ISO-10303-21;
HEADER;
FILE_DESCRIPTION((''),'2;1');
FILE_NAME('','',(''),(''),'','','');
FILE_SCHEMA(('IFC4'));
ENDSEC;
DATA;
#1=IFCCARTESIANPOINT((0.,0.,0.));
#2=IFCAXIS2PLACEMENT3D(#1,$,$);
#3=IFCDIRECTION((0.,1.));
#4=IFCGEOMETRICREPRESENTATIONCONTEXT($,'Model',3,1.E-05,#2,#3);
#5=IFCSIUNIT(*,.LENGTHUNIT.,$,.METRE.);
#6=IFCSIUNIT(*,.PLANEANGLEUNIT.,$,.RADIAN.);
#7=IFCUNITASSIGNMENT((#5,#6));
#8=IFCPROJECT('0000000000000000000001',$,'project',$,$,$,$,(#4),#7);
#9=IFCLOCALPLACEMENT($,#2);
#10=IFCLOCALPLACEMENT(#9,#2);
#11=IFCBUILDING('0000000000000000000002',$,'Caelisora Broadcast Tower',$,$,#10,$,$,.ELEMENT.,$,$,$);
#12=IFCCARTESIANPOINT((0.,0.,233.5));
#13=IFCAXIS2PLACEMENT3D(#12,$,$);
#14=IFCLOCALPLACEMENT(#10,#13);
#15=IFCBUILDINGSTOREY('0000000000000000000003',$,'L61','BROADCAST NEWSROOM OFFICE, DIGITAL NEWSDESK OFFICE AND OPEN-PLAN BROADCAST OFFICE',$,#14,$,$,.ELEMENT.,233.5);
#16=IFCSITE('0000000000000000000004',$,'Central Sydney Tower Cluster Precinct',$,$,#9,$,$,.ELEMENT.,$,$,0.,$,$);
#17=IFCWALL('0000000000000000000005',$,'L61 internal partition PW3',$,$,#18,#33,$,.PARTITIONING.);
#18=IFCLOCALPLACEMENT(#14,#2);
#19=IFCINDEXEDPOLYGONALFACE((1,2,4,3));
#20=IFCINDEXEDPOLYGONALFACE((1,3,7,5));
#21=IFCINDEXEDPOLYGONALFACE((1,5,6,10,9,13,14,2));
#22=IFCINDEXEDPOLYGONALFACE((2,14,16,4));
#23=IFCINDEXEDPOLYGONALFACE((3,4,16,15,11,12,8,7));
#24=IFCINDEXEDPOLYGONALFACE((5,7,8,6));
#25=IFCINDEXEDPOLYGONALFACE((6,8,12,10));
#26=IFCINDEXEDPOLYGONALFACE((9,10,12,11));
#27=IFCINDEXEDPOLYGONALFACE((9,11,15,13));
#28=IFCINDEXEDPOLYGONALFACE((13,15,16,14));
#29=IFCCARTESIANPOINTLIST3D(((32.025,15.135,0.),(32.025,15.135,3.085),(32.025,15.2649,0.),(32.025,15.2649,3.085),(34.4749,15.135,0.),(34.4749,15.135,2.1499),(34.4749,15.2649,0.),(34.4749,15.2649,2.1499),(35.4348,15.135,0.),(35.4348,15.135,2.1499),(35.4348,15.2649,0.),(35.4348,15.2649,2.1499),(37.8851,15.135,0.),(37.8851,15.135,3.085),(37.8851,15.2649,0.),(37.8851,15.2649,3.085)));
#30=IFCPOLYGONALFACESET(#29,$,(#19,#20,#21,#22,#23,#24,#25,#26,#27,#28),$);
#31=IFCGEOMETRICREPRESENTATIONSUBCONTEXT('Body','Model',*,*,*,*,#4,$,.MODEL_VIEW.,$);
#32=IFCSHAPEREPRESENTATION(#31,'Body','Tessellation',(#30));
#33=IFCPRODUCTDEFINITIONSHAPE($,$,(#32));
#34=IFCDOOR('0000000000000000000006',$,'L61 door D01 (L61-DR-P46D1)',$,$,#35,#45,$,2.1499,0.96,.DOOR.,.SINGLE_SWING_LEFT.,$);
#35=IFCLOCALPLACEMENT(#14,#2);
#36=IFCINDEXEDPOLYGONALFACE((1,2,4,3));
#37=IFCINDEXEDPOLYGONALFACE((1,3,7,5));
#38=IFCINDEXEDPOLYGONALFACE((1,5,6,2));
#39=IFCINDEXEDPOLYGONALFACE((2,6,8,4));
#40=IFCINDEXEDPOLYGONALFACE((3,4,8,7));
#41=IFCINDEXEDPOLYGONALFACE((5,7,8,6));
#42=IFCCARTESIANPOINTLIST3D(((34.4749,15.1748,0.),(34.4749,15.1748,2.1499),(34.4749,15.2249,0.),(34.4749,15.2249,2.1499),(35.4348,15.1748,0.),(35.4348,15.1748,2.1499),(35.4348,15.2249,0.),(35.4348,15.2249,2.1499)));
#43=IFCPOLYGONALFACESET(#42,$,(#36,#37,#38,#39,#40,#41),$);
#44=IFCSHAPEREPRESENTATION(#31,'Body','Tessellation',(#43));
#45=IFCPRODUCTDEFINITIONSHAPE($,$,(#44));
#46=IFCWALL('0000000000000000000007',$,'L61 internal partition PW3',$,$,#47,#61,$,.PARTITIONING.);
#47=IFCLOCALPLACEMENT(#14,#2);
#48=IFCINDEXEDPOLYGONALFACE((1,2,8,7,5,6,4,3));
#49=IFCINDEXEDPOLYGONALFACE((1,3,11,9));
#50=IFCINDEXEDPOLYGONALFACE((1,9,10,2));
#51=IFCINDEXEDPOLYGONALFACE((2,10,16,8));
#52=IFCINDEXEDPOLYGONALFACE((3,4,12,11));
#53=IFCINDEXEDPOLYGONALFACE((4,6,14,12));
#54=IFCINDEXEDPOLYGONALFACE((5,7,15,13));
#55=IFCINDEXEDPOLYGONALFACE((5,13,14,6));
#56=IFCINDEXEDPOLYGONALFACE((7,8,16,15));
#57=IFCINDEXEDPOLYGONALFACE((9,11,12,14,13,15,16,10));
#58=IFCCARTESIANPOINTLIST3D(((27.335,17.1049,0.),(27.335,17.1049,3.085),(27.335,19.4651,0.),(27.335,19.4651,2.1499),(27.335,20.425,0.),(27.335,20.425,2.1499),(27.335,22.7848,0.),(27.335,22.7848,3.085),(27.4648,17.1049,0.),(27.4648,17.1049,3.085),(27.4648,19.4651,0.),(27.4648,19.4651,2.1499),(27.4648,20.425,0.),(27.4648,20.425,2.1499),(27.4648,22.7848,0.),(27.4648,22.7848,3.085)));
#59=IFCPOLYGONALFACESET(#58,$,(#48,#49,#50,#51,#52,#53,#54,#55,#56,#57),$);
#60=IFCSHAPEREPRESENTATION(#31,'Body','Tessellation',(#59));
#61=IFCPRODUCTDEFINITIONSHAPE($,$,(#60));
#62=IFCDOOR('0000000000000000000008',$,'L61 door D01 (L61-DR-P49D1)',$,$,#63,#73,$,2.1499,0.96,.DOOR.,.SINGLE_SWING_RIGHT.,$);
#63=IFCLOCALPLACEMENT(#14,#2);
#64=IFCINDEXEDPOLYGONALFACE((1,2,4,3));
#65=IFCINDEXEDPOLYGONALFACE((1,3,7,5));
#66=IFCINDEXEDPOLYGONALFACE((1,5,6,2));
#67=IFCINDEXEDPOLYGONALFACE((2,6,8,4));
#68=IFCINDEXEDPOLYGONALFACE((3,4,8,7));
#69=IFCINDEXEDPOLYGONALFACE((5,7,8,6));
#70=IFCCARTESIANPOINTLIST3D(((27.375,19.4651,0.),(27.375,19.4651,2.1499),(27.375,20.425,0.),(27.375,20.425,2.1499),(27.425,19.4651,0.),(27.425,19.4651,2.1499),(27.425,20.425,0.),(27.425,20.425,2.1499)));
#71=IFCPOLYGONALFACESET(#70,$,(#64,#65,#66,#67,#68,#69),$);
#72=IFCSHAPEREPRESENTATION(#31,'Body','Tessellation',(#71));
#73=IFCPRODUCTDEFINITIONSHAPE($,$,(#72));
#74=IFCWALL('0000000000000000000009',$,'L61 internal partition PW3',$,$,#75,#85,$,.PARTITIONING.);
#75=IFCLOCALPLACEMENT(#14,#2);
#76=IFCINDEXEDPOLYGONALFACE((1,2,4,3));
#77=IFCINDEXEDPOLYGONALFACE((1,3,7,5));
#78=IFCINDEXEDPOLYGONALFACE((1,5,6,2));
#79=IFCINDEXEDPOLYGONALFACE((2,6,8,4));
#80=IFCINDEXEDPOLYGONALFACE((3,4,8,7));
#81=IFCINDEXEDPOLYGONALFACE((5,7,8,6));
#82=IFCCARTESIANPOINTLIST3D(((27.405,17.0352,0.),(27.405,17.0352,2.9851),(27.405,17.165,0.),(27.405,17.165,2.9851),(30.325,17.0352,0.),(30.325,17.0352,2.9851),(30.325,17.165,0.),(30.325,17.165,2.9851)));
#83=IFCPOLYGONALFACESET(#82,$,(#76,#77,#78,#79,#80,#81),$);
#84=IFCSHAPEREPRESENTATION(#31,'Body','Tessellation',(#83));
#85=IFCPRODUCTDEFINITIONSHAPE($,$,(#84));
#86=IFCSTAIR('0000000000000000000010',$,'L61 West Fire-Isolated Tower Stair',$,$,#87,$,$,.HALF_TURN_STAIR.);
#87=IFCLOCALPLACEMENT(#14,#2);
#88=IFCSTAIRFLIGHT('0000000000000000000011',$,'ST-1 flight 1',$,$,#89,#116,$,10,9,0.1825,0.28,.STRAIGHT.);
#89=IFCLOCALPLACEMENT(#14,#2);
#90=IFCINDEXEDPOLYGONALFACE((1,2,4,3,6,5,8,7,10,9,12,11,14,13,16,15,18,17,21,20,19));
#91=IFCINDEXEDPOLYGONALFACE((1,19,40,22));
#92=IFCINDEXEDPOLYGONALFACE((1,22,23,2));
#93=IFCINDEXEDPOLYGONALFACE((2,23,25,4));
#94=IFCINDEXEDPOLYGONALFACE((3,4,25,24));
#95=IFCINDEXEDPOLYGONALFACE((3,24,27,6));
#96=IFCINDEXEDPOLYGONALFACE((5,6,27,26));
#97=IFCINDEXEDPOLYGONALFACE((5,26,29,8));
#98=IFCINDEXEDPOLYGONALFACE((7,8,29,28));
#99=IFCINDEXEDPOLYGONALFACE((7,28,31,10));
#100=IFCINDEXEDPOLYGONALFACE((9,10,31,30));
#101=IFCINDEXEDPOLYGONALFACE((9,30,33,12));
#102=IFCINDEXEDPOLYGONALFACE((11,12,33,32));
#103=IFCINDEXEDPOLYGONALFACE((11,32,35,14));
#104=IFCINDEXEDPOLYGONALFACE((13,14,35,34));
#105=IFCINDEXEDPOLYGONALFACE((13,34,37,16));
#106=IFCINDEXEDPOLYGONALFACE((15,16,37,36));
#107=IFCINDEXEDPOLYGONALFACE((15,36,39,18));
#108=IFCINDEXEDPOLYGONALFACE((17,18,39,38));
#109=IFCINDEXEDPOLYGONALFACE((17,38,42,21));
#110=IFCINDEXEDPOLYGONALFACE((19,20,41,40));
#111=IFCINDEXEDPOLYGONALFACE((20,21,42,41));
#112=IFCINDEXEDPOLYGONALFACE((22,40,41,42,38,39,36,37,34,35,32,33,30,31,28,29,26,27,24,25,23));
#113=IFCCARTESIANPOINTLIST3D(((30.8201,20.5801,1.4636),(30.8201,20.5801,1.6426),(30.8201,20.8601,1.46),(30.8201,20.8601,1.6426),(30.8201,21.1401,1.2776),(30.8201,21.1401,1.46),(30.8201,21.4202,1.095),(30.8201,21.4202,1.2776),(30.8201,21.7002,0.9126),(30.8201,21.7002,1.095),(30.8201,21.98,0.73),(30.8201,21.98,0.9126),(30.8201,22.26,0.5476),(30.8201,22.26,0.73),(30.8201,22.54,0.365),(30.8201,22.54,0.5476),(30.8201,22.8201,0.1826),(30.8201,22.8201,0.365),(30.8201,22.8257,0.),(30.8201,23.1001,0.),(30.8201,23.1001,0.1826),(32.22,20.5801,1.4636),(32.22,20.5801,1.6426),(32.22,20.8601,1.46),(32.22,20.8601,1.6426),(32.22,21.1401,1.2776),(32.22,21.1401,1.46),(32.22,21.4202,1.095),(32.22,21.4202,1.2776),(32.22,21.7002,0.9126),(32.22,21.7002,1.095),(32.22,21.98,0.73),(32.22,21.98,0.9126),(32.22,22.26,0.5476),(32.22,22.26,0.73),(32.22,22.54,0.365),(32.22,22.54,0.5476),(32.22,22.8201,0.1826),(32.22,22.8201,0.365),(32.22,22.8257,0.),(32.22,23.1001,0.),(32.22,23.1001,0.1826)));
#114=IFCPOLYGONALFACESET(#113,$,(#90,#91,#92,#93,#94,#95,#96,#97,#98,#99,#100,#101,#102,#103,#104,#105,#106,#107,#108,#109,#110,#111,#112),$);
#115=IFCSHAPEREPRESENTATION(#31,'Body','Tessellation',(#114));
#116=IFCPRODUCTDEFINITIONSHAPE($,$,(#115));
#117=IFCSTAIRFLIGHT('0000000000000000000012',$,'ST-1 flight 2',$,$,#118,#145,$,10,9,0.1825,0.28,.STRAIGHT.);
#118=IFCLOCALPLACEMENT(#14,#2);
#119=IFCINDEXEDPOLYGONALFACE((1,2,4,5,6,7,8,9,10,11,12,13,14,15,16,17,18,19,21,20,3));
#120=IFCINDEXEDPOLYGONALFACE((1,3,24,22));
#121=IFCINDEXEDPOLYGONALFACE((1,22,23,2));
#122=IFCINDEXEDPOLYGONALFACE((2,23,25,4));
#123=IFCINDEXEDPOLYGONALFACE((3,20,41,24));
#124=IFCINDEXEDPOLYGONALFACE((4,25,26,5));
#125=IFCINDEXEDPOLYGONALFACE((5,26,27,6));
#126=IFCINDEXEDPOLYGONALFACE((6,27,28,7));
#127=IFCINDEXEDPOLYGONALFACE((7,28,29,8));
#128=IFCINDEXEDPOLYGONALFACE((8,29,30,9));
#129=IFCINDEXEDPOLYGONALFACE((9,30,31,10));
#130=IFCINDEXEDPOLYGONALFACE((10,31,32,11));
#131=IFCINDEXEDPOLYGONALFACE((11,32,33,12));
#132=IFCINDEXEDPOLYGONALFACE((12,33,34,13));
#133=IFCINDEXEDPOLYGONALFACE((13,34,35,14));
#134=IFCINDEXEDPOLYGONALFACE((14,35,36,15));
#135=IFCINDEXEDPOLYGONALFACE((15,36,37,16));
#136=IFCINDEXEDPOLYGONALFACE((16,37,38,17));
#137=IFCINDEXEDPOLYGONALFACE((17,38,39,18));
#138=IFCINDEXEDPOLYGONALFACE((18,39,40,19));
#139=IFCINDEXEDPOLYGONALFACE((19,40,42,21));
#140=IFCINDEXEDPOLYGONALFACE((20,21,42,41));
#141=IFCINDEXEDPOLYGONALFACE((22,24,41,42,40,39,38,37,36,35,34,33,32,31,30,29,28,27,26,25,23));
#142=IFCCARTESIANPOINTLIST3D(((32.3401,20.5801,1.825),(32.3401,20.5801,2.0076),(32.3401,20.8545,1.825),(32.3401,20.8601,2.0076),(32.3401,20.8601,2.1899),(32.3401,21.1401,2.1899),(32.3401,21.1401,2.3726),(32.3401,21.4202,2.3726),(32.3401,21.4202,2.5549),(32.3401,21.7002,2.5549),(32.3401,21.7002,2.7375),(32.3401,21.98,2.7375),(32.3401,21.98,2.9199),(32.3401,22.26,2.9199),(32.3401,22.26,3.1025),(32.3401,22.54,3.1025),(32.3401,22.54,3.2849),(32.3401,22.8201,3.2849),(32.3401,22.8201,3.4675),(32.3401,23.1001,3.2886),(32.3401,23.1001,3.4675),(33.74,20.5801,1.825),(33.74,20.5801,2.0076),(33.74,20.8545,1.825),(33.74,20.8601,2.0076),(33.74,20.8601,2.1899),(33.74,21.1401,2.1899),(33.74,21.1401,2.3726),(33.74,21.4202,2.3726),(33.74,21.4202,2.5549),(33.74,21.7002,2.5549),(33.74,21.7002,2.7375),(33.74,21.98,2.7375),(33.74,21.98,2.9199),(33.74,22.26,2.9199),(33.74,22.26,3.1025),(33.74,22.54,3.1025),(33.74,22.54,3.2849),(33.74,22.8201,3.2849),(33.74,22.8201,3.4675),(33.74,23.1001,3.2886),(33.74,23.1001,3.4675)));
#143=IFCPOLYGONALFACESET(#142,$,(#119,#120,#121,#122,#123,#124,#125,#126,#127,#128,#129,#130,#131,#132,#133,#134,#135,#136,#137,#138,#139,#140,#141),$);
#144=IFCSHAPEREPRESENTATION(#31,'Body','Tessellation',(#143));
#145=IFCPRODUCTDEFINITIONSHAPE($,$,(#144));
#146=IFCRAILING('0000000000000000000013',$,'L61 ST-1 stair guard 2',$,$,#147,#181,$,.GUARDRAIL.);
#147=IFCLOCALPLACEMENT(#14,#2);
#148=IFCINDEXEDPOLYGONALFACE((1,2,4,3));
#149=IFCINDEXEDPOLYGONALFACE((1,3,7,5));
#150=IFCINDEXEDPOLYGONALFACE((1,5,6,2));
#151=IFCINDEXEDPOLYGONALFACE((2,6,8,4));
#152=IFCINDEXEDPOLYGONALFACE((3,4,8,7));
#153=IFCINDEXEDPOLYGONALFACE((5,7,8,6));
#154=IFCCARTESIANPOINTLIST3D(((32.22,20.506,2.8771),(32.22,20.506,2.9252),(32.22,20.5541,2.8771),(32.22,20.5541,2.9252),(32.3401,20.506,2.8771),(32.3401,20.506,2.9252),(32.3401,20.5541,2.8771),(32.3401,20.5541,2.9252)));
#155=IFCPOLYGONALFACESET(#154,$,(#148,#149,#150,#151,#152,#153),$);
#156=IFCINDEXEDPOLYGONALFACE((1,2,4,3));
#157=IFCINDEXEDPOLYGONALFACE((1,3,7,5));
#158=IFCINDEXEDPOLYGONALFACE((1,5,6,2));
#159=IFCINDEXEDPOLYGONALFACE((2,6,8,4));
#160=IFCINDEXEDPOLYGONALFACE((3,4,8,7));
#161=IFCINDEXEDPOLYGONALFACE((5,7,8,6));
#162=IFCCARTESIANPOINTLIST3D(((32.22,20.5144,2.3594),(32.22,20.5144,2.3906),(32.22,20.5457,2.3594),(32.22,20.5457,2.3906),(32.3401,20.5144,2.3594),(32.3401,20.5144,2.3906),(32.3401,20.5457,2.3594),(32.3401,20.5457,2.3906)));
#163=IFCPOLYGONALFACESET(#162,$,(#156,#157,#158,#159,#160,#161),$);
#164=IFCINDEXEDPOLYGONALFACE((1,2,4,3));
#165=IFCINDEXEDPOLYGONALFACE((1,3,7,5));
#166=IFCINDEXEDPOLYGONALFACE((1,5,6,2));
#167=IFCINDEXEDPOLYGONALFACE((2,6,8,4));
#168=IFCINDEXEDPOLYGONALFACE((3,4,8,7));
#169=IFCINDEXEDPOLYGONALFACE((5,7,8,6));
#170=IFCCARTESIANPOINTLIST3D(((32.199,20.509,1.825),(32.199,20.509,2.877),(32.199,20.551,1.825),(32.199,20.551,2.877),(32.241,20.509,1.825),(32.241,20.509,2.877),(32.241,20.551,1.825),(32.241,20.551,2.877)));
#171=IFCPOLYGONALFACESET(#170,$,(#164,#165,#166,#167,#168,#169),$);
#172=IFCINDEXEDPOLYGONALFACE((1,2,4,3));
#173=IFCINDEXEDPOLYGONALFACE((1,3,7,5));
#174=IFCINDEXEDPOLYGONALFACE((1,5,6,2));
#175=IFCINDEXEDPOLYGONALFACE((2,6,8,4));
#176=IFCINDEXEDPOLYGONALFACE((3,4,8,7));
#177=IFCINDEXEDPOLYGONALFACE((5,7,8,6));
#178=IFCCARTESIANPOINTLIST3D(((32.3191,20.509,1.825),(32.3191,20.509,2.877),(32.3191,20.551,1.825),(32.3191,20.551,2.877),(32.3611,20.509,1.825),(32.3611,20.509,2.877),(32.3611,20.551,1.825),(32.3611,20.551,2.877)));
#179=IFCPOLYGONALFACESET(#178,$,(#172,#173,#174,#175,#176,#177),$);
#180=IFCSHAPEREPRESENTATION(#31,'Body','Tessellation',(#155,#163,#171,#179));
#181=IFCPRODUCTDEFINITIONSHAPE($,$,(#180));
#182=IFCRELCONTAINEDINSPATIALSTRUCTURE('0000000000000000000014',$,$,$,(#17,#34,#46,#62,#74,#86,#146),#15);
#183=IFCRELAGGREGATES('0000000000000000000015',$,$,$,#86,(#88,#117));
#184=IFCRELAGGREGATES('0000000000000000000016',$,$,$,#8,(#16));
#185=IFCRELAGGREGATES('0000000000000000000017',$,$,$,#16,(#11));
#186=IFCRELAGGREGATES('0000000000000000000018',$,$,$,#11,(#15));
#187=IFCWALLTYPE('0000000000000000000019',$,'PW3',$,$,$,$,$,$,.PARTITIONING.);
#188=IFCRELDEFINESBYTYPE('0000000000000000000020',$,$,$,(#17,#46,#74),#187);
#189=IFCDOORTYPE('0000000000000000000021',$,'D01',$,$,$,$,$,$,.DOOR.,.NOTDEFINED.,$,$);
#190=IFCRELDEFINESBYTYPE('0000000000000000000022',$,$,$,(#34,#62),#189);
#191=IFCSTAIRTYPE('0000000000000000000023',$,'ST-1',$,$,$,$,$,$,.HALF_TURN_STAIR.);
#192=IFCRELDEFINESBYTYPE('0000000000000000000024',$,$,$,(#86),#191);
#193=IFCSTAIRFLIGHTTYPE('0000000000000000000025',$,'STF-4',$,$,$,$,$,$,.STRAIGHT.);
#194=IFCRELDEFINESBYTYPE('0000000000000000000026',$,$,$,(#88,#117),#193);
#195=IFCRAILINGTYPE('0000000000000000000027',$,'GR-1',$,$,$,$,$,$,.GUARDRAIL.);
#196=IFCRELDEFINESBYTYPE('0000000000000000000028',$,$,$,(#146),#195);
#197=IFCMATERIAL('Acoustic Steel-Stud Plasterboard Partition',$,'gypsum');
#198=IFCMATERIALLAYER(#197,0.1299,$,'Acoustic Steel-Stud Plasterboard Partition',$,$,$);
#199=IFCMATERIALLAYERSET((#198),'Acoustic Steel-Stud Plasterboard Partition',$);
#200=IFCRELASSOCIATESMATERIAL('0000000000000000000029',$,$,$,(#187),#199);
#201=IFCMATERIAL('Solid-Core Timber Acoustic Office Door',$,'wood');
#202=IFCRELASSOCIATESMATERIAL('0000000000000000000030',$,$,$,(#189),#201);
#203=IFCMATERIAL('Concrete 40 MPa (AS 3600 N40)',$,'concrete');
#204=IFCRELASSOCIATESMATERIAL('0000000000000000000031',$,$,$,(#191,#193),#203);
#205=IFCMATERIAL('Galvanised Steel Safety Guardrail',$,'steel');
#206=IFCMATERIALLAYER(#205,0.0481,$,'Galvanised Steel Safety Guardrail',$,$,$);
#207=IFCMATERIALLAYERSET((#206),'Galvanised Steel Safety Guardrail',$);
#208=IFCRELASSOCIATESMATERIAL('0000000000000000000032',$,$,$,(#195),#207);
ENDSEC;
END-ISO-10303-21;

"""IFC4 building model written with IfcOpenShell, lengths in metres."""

from ifc_helpers import new_model, si_unit, direction, frame, frame_2d, origin, origin_2d, place, context, subcontext, project, spatial, polyline, rectangle, outline, extrude, material, layer, layer_set, type_object, element, fill, aggregate, save


model = new_model("IFC4")

# Units and contexts
model_context = context("Model", 3, precision=1e-05, world=origin(), true_north=direction((0.0, 1.0)))
body_context = subcontext(model_context, "Body", "Model", "MODEL_VIEW")
ifc_project = project(units=[si_unit("LENGTHUNIT", "METRE"), si_unit("PLANEANGLEUNIT", "RADIAN")], contexts=[model_context])

# Site, building, storey
site_placement = place(None, origin())
site = spatial("IfcSite", under=ifc_project, at=site_placement, Name="Central Sydney Tower Cluster Precinct", CompositionType="ELEMENT", RefElevation=0.0)
building_placement = place(site_placement, origin())
building = spatial("IfcBuilding", under=site, at=building_placement, Name="Caelisora Broadcast Tower", CompositionType="ELEMENT")
storey_placement = place(building_placement, frame((0.0, 0.0, 233.5)))
storey = spatial("IfcBuildingStorey", under=building, at=storey_placement, Name="L61", Description="BROADCAST NEWSROOM OFFICE, DIGITAL NEWSDESK OFFICE AND OPEN-PLAN BROADCAST OFFICE", CompositionType="ELEMENT", Elevation=233.5)

# Shared definitions
ifc_material_1 = material(Name="Concrete 40 MPa (AS 3600 N40)", Category="concrete")

# Shared definitions
ifc_material_2 = material(Name="Acoustic Steel-Stud Plasterboard Partition", Category="gypsum")
ifc_layer_1 = layer(ifc_material_2, 0.1299, Name="Acoustic Steel-Stud Plasterboard Partition")
ifc_layer_set_1 = layer_set([ifc_layer_1], Name="Acoustic Steel-Stud Plasterboard Partition")
wall_type_1 = type_object("IfcWallType", Name="PW3", PredefinedType="PARTITIONING", material=ifc_layer_set_1)

# Walls, openings, doors
wall_1_placement = place(storey_placement, frame((32.0249, 15.2, 0.0), z_axis=(0.0, 0.0, 1.0), x_axis=(1.0, 0.0, 0.0)))
wall_1 = element("IfcWall", 1, at=wall_1_placement, inside=storey, type_object=wall_type_1, Name="L61 internal partition PW3", PredefinedType="PARTITIONING", context=body_context, shape_type="SweptSolid", body=[
    extrude(rectangle(XDim=5.8601, YDim=0.1299, at=frame_2d((2.9302, 0.0))), origin(), (0.0, 0.0, 1.0), 3.085),
])
opening_1_placement = place(wall_1_placement, frame((2.45, 0.0, 0.0)))
opening_1 = element("IfcOpeningElement", 2, at=opening_1_placement, cuts=wall_1, PredefinedType="OPENING", context=body_context, shape_type="SweptSolid", body=[
    extrude(rectangle(XDim=0.96, YDim=2.1499, at=frame_2d((0.48, 1.075))), frame((0.0, 0.0769, 0.0), z_axis=(0.0, -1.0, 0.0), x_axis=(1.0, 0.0, 0.0)), (0.0, 0.0, 1.0), 0.1538),
])
ifc_material_3 = material(Name="Solid-Core Timber Acoustic Office Door", Category="wood")
door_type_1 = type_object("IfcDoorType", Name="D01", OperationType="NOTDEFINED", PredefinedType="DOOR", material=ifc_material_3)
door_1_placement = place(opening_1_placement, origin())
door_1 = element("IfcDoor", 3, at=door_1_placement, inside=storey, type_object=door_type_1, Name="L61 door D01 (L61-DR-P46D1)", OperationType="SINGLE_SWING_LEFT", OverallHeight=2.1499, OverallWidth=0.96, PredefinedType="DOOR", context=body_context, shape_type="SweptSolid", body=[
    extrude(rectangle(XDim=0.96, YDim=2.1499, at=frame_2d((0.48, 1.075))), frame((0.0, 0.0249, 0.0), z_axis=(0.0, -1.0, 0.0), x_axis=(1.0, 0.0, 0.0)), (0.0, 0.0, 1.0), 0.05),
])
fill(opening_1, door_1)
wall_2_placement = place(storey_placement, frame((27.3999, 17.105, 0.0), z_axis=(0.0, 0.0, 1.0), x_axis=(0.0, 1.0, 0.0)))
wall_2 = element("IfcWall", 4, at=wall_2_placement, inside=storey, type_object=wall_type_1, Name="L61 internal partition PW3", PredefinedType="PARTITIONING", context=body_context, shape_type="SweptSolid", body=[
    extrude(rectangle(XDim=5.6799, YDim=0.1299, at=frame_2d((2.8398, 0.0))), origin(), (0.0, 0.0, 1.0), 3.085),
])
opening_2_placement = place(wall_2_placement, frame((2.3601, 0.0, 0.0)))
opening_2 = element("IfcOpeningElement", 5, at=opening_2_placement, cuts=wall_2, PredefinedType="OPENING", context=body_context, shape_type="SweptSolid", body=[
    extrude(rectangle(XDim=0.96, YDim=2.1499, at=frame_2d((0.48, 1.075))), frame((0.0, 0.0769, 0.0), z_axis=(0.0, -1.0, 0.0), x_axis=(1.0, 0.0, 0.0)), (0.0, 0.0, 1.0), 0.1538),
])
door_2_placement = place(opening_2_placement, origin())
door_2 = element("IfcDoor", 6, at=door_2_placement, inside=storey, type_object=door_type_1, Name="L61 door D01 (L61-DR-P49D1)", OperationType="SINGLE_SWING_RIGHT", OverallHeight=2.1499, OverallWidth=0.96, PredefinedType="DOOR", context=body_context, shape_type="SweptSolid", body=[
    extrude(rectangle(XDim=0.96, YDim=2.1499, at=frame_2d((0.48, 1.075))), frame((0.0, 0.0249, 0.0), z_axis=(0.0, -1.0, 0.0), x_axis=(1.0, 0.0, 0.0)), (0.0, 0.0, 1.0), 0.05),
])
fill(opening_2, door_2)

# Wall
wall_3_placement = place(storey_placement, frame((30.325, 17.1001, 0.0), z_axis=(0.0, 0.0, 1.0), x_axis=(-1.0, 0.0, 0.0)))
element("IfcWall", 7, at=wall_3_placement, inside=storey, type_object=wall_type_1, Name="L61 internal partition PW3", PredefinedType="PARTITIONING", context=body_context, shape_type="SweptSolid", body=[
    extrude(rectangle(XDim=2.9199, YDim=0.1299, at=frame_2d((1.46, 0.0))), origin(), (0.0, 0.0, 1.0), 2.9851),
])

# Stair, stair flights
stair_type = type_object("IfcStairType", Name="ST-1", PredefinedType="HALF_TURN_STAIR", material=ifc_material_1)
stair_placement = place(storey_placement, origin())
stair = element("IfcStair", 8, at=stair_placement, inside=storey, type_object=stair_type, Name="L61 West Fire-Isolated Tower Stair", PredefinedType="HALF_TURN_STAIR")
stair_flight_type = type_object("IfcStairFlightType", Name="STF-4", PredefinedType="STRAIGHT", material=ifc_material_1)
stair_flight_1_placement = place(storey_placement, frame((31.52, 23.1001, 0.0), z_axis=(0.0, 0.0, 1.0), x_axis=(0.0, -1.0, 0.0)))
stair_flight_1 = element("IfcStairFlight", 9, at=stair_flight_1_placement, type_object=stair_flight_type, Name="ST-1 flight 1", NumberOfRisers=10, NumberOfTreads=9, PredefinedType="STRAIGHT", RiserHeight=0.1825, TreadLength=0.28, context=body_context, shape_type="SweptSolid", body=[
    extrude(outline(polyline([(0.0, 0.0), (0.0, 0.1826), (0.28, 0.1826), (0.28, 0.365), (0.5601, 0.365), (0.5601, 0.5476), (0.8401, 0.5476), (0.8401, 0.73), (1.1201, 0.73), (1.1201, 0.9126), (1.3999, 0.9126), (1.3999, 1.095), (1.6799, 1.095), (1.6799, 1.2776), (1.96, 1.2776), (1.96, 1.46), (2.24, 1.46), (2.24, 1.6426), (2.52, 1.6426), (2.52, 1.825), (2.52, 1.4636), (0.2744, 0.0), (0.0, 0.0)])), frame((0.0, 0.7, 0.0), z_axis=(0.0, -1.0, 0.0), x_axis=(1.0, 0.0, 0.0)), (0.0, 0.0, 1.0), 1.3999),
])
stair_flight_2_placement = place(storey_placement, frame((33.04, 20.5801, 1.825), z_axis=(0.0, 0.0, 1.0), x_axis=(0.0, 1.0, 0.0)))
stair_flight_2 = element("IfcStairFlight", 10, at=stair_flight_2_placement, type_object=stair_flight_type, Name="ST-1 flight 2", NumberOfRisers=10, NumberOfTreads=9, PredefinedType="STRAIGHT", RiserHeight=0.1825, TreadLength=0.28, context=body_context, shape_type="SweptSolid", body=[
    extrude(outline(polyline([(0.0, 0.0), (0.0, 0.1826), (0.28, 0.1826), (0.28, 0.365), (0.5601, 0.365), (0.5601, 0.5476), (0.8401, 0.5476), (0.8401, 0.73), (1.1201, 0.73), (1.1201, 0.9126), (1.3999, 0.9126), (1.3999, 1.095), (1.6799, 1.095), (1.6799, 1.2776), (1.96, 1.2776), (1.96, 1.46), (2.24, 1.46), (2.24, 1.6426), (2.52, 1.6426), (2.52, 1.825), (2.52, 1.4636), (0.2744, 0.0), (0.0, 0.0)])), frame((0.0, 0.7, 0.0), z_axis=(0.0, -1.0, 0.0), x_axis=(1.0, 0.0, 0.0)), (0.0, 0.0, 1.0), 1.3999),
])
aggregate(stair, [stair_flight_1, stair_flight_2])

# Railing
ifc_material_4 = material(Name="Galvanised Steel Safety Guardrail", Category="steel")
ifc_layer_2 = layer(ifc_material_4, 0.0481, Name="Galvanised Steel Safety Guardrail")
ifc_layer_set_2 = layer_set([ifc_layer_2], Name="Galvanised Steel Safety Guardrail")
railing_type_1 = type_object("IfcRailingType", Name="GR-1", PredefinedType="GUARDRAIL", material=ifc_layer_set_2)
railing_1_placement = place(storey_placement, frame((32.22, 20.53, 1.825)))
element("IfcRailing", 11, at=railing_1_placement, inside=storey, type_object=railing_type_1, Name="L61 ST-1 stair guard 2", PredefinedType="GUARDRAIL", context=body_context, shape_type="SweptSolid", body=[
    extrude(rectangle(XDim=0.0481, YDim=0.0481, at=origin_2d()), frame((0.0, 0.0, 1.0762), z_axis=(1.0, 0.0, 0.0), x_axis=(0.0, 1.0, 0.0)), (0.0, 0.0, 1.0), 0.1201),
    extrude(rectangle(XDim=0.0312, YDim=0.0312, at=origin_2d()), frame((0.0, 0.0, 0.55), z_axis=(1.0, 0.0, 0.0), x_axis=(0.0, 1.0, 0.0)), (0.0, 0.0, 1.0), 0.1201),
    extrude(rectangle(XDim=0.042, YDim=0.042, at=origin_2d()), origin(), (0.0, 0.0, 1.0), 1.052),
    extrude(rectangle(XDim=0.042, YDim=0.042, at=origin_2d()), frame((0.1201, 0.0, 0.0)), (0.0, 0.0, 1.0), 1.052),
])

save(model, "model.ifc")
